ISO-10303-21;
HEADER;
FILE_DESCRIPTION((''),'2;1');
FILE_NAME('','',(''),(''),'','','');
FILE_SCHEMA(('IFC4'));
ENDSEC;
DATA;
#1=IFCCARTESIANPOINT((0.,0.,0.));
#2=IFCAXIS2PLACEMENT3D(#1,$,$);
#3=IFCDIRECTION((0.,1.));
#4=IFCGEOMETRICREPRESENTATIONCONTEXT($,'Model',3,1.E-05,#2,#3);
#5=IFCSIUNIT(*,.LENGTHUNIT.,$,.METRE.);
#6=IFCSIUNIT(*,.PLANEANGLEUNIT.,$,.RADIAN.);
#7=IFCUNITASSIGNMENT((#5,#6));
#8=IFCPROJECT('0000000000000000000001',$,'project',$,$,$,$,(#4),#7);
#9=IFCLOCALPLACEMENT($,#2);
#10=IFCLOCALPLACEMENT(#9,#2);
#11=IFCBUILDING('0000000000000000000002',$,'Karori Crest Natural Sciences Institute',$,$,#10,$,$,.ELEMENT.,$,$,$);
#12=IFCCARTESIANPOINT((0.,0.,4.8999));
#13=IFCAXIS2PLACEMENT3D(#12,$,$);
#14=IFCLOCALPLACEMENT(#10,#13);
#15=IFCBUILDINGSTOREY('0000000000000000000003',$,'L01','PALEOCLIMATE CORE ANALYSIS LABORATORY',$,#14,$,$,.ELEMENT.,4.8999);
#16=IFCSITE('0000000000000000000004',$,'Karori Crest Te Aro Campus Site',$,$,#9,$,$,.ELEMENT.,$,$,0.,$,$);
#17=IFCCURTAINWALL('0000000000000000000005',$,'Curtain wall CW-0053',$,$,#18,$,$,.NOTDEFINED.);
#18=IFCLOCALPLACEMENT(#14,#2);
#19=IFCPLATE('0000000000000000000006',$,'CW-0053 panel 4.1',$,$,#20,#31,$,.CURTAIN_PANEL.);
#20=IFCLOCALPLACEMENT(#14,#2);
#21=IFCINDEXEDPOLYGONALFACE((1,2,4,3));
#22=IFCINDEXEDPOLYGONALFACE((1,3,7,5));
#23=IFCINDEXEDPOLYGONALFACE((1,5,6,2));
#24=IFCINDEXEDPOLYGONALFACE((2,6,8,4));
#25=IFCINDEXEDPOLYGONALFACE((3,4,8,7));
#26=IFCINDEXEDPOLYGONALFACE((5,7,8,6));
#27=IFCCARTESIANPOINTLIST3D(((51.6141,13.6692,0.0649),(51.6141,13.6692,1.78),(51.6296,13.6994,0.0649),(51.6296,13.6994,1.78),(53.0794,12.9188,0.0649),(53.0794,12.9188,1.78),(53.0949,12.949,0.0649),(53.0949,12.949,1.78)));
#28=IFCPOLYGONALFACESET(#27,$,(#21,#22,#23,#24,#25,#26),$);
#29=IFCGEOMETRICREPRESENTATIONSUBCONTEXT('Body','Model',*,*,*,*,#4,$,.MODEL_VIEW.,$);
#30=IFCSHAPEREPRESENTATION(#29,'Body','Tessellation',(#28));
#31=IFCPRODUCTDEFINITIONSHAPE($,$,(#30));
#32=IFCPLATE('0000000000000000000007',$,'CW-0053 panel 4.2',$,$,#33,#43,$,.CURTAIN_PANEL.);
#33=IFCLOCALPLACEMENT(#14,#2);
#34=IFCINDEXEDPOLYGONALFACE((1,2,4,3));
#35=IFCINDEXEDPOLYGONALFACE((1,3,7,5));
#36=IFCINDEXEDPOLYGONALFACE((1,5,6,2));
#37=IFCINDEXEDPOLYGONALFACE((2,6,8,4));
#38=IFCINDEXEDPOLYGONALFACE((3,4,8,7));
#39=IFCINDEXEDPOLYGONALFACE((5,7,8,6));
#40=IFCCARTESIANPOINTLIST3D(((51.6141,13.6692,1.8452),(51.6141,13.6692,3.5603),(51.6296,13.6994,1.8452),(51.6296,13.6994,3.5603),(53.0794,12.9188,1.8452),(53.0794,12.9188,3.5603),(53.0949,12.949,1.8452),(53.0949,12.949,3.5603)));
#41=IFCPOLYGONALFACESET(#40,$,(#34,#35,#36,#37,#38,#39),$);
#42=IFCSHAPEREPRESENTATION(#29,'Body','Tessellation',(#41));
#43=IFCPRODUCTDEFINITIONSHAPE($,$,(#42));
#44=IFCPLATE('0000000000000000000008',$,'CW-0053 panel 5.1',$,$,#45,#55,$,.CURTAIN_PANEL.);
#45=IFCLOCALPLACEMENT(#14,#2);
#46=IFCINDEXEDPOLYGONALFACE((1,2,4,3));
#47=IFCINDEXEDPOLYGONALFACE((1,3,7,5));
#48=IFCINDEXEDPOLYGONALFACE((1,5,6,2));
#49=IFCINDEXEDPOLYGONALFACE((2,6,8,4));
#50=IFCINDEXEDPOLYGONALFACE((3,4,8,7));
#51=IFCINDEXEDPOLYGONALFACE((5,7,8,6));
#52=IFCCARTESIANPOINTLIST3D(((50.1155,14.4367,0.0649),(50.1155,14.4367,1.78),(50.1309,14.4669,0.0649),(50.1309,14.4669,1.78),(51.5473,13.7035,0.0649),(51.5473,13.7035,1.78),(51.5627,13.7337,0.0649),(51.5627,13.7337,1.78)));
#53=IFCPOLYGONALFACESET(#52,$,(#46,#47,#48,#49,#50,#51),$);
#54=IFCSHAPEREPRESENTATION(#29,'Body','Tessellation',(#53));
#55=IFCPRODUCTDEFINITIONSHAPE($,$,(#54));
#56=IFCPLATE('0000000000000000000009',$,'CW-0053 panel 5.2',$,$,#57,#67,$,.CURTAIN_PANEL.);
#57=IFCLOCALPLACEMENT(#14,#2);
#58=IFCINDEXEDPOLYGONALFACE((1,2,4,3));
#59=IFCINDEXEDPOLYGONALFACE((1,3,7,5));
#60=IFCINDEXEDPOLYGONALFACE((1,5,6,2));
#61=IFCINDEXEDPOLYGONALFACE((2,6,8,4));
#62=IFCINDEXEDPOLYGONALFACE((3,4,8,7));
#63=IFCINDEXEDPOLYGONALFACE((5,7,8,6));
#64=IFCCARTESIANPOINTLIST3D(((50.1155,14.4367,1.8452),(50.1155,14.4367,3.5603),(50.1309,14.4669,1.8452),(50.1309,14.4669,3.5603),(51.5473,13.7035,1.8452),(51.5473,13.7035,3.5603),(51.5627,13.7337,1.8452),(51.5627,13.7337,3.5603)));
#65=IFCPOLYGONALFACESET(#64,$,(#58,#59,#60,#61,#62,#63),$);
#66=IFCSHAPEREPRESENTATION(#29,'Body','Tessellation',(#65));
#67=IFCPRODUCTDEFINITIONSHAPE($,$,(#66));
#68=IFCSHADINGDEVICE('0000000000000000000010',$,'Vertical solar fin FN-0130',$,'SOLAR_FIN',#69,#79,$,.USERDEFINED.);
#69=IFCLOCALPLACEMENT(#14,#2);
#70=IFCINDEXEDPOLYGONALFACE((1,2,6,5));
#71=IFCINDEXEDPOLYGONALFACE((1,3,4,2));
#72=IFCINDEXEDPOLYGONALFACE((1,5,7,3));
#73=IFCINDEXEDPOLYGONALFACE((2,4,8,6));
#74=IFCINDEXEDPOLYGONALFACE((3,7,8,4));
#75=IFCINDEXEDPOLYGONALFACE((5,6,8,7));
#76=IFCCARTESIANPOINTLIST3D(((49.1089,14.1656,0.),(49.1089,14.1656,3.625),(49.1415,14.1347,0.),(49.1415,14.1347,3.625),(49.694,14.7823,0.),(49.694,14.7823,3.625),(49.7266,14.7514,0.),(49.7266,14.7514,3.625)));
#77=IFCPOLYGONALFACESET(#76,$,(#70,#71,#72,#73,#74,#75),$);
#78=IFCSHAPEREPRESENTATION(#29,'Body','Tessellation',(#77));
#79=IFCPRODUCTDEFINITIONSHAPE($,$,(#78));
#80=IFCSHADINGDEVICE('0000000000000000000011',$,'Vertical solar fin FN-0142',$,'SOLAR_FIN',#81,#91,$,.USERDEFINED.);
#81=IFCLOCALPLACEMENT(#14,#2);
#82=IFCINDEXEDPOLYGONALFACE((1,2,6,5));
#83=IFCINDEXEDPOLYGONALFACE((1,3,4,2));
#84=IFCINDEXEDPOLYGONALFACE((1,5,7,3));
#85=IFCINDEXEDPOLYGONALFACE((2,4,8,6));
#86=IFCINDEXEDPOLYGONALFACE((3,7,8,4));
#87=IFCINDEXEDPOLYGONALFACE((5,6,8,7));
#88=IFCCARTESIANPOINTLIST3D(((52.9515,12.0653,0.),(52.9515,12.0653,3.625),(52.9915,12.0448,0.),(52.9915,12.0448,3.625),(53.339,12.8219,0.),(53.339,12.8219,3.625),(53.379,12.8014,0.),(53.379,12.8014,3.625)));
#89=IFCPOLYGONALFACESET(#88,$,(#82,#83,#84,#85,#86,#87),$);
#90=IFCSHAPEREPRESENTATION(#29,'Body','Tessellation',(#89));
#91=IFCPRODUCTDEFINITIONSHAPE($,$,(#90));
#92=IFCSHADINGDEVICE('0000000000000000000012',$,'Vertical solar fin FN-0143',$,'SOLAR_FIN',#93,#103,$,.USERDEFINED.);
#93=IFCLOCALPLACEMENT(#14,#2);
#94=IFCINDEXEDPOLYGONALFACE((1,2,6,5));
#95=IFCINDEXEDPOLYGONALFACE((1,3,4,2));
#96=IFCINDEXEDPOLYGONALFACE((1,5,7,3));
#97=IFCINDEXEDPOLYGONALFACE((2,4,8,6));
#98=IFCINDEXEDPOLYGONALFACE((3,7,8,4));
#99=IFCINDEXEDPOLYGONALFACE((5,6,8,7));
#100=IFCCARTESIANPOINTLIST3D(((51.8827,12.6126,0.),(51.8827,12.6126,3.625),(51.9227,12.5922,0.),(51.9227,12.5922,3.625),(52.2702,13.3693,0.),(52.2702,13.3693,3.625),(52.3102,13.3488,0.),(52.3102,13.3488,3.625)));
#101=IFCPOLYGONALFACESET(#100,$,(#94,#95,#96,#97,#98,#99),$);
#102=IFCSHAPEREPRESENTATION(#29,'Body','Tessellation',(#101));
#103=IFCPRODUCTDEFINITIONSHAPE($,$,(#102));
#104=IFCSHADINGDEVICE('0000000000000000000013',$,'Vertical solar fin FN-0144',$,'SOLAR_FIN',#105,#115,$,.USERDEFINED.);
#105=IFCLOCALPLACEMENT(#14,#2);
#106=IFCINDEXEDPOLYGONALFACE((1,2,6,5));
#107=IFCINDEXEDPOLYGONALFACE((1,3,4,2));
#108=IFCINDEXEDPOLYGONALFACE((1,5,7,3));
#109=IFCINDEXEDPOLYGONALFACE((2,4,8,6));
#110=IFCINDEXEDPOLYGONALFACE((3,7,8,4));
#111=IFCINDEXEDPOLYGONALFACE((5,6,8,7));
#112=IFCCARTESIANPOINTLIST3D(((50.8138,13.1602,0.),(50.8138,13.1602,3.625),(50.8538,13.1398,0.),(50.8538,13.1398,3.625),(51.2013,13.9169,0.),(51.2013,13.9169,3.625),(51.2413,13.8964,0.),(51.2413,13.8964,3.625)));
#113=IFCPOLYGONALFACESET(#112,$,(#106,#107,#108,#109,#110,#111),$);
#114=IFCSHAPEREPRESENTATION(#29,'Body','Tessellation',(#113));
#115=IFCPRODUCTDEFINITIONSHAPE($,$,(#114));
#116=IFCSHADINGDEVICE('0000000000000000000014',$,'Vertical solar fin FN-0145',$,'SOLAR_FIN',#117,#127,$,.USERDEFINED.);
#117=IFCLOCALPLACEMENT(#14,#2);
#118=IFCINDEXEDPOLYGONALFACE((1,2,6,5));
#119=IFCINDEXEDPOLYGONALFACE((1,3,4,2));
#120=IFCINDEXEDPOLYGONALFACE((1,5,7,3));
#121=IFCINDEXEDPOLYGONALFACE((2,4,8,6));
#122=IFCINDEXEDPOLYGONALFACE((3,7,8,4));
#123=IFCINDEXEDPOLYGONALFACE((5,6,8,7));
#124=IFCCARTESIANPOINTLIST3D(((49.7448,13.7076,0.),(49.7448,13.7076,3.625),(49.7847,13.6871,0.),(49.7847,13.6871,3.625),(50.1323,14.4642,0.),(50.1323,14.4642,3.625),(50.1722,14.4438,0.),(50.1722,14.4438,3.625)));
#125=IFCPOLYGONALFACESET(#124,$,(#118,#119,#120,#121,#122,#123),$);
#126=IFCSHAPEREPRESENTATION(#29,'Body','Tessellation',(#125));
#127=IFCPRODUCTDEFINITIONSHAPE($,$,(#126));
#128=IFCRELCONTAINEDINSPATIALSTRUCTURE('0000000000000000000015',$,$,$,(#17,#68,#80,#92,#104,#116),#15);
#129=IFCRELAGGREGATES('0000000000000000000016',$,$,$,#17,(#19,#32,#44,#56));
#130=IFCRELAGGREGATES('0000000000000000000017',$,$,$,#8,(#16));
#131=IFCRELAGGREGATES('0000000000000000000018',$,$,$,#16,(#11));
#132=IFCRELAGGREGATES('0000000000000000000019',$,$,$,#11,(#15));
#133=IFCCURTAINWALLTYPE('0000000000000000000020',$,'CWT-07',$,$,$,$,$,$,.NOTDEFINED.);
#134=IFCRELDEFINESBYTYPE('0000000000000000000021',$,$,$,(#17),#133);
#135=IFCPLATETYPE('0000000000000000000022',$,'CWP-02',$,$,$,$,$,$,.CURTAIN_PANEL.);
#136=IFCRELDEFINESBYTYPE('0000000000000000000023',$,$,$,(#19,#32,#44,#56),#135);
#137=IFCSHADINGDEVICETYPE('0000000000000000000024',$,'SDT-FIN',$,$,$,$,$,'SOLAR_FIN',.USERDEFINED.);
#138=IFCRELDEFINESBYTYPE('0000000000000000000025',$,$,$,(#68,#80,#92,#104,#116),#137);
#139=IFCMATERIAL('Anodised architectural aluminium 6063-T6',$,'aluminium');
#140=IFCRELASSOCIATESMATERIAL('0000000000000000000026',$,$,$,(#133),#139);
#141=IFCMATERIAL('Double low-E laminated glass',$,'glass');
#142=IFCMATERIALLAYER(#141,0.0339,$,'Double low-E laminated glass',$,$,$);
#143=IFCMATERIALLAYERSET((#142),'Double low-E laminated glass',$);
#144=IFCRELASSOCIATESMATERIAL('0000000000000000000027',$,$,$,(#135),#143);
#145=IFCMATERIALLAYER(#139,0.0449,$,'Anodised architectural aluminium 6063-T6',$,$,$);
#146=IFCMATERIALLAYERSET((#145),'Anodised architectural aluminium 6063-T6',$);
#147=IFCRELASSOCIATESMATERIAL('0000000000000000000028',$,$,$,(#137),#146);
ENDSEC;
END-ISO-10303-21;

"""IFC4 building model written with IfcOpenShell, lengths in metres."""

from ifc_helpers import new_model, si_unit, direction, frame, origin, origin_2d, place, context, subcontext, project, spatial, rectangle, extrude, material, layer, layer_set, type_object, element, aggregate, save


model = new_model("IFC4")

# Units and contexts
model_context = context("Model", 3, precision=1e-05, world=origin(), true_north=direction((0.0, 1.0)))
body_context = subcontext(model_context, "Body", "Model", "MODEL_VIEW")
ifc_project = project(units=[si_unit("LENGTHUNIT", "METRE"), si_unit("PLANEANGLEUNIT", "RADIAN")], contexts=[model_context])

# Site, building, storey
site_placement = place(None, origin())
site = spatial("IfcSite", under=ifc_project, at=site_placement, Name="Karori Crest Te Aro Campus Site", CompositionType="ELEMENT", RefElevation=0.0)
building_placement = place(site_placement, origin())
building = spatial("IfcBuilding", under=site, at=building_placement, Name="Karori Crest Natural Sciences Institute", CompositionType="ELEMENT")
storey_placement = place(building_placement, frame((0.0, 0.0, 4.8999)))
storey = spatial("IfcBuildingStorey", under=building, at=storey_placement, Name="L01", Description="PALEOCLIMATE CORE ANALYSIS LABORATORY", CompositionType="ELEMENT", Elevation=4.8999)

# Curtain wall, plates
ifc_material_1 = material(Name="Anodised architectural aluminium 6063-T6", Category="aluminium")
curtain_wall_type = type_object("IfcCurtainWallType", Name="CWT-07", PredefinedType="NOTDEFINED", material=ifc_material_1)
curtain_wall_placement = place(storey_placement, origin())
curtain_wall = element("IfcCurtainWall", 1, at=curtain_wall_placement, inside=storey, type_object=curtain_wall_type, Name="Curtain wall CW-0053", PredefinedType="NOTDEFINED")
ifc_material_2 = material(Name="Double low-E laminated glass", Category="glass")
ifc_layer_1 = layer(ifc_material_2, 0.0339, Name="Double low-E laminated glass")
ifc_layer_set_1 = layer_set([ifc_layer_1], Name="Double low-E laminated glass")
plate_type = type_object("IfcPlateType", Name="CWP-02", PredefinedType="CURTAIN_PANEL", material=ifc_layer_set_1)
plate_1_placement = place(storey_placement, frame((52.3545, 13.3091, 0.0649), z_axis=(0.0, 0.0, 1.0), x_axis=(-0.890065, 0.455833, 0.0)))
plate_1 = element("IfcPlate", 2, at=plate_1_placement, type_object=plate_type, Name="CW-0053 panel 4.1", PredefinedType="CURTAIN_PANEL", context=body_context, shape_type="SweptSolid", body=[
    extrude(rectangle(XDim=1.6462, YDim=0.0339, at=origin_2d()), origin(), (0.0, 0.0, 1.0), 1.7151),
])
plate_2_placement = place(storey_placement, frame((52.3545, 13.3091, 1.8452), z_axis=(0.0, 0.0, 1.0), x_axis=(-0.890065, 0.455833, 0.0)))
plate_2 = element("IfcPlate", 3, at=plate_2_placement, type_object=plate_type, Name="CW-0053 panel 4.2", PredefinedType="CURTAIN_PANEL", context=body_context, shape_type="SweptSolid", body=[
    extrude(rectangle(XDim=1.6462, YDim=0.0339, at=origin_2d()), origin(), (0.0, 0.0, 1.0), 1.7151),
])
plate_3_placement = place(storey_placement, frame((50.8391, 14.0852, 0.0649), z_axis=(0.0, 0.0, 1.0), x_axis=(-0.890065, 0.455833, 0.0)))
plate_3 = element("IfcPlate", 4, at=plate_3_placement, type_object=plate_type, Name="CW-0053 panel 5.1", PredefinedType="CURTAIN_PANEL", context=body_context, shape_type="SweptSolid", body=[
    extrude(rectangle(XDim=1.6086, YDim=0.0339, at=origin_2d()), origin(), (0.0, 0.0, 1.0), 1.7151),
])
plate_4_placement = place(storey_placement, frame((50.8391, 14.0852, 1.8452), z_axis=(0.0, 0.0, 1.0), x_axis=(-0.890065, 0.455833, 0.0)))
plate_4 = element("IfcPlate", 5, at=plate_4_placement, type_object=plate_type, Name="CW-0053 panel 5.2", PredefinedType="CURTAIN_PANEL", context=body_context, shape_type="SweptSolid", body=[
    extrude(rectangle(XDim=1.6086, YDim=0.0339, at=origin_2d()), origin(), (0.0, 0.0, 1.0), 1.7151),
])
aggregate(curtain_wall, [plate_1, plate_2, plate_3, plate_4])

# Shading devices
ifc_layer_2 = layer(ifc_material_1, 0.0449, Name="Anodised architectural aluminium 6063-T6")
ifc_layer_set_2 = layer_set([ifc_layer_2], Name="Anodised architectural aluminium 6063-T6")
shading_device_type = type_object("IfcShadingDeviceType", Name="SDT-FIN", ElementType="SOLAR_FIN", PredefinedType="USERDEFINED", material=ifc_layer_set_2)
for number, where, z_axis, x_axis, name in (
    (6, (49.4177, 14.4585, 0.0), (0.0, 0.0, 1.0), (-0.688246, -0.725478, 0.0), "Vertical solar fin FN-0130"),
    (7, (53.1653, 12.4333, 0.0), (0.0, 0.0, 1.0), (-0.455832, -0.890066, 0.0), "Vertical solar fin FN-0142"),
    (8, (52.0964, 12.9807, 0.0), (0.0, 0.0, 1.0), (-0.455832, -0.890066, 0.0), "Vertical solar fin FN-0143"),
    (9, (51.0276, 13.5283, 0.0), (0.0, 0.0, 1.0), (-0.455832, -0.890066, 0.0), "Vertical solar fin FN-0144"),
    (10, (49.9585, 14.0757, 0.0), (0.0, 0.0, 1.0), (-0.455832, -0.890066, 0.0), "Vertical solar fin FN-0145"),
):
    element("IfcShadingDevice", number, at=place(storey_placement, frame(where, z_axis=z_axis, x_axis=x_axis)), inside=storey, type_object=shading_device_type, Name=name, ObjectType="SOLAR_FIN", PredefinedType="USERDEFINED", context=body_context, shape_type="SweptSolid", body=[
        extrude(rectangle(XDim=0.8501, YDim=0.0449, at=origin_2d()), origin(), (0.0, 0.0, 1.0), 3.625),
    ])

save(model, "model.ifc")
